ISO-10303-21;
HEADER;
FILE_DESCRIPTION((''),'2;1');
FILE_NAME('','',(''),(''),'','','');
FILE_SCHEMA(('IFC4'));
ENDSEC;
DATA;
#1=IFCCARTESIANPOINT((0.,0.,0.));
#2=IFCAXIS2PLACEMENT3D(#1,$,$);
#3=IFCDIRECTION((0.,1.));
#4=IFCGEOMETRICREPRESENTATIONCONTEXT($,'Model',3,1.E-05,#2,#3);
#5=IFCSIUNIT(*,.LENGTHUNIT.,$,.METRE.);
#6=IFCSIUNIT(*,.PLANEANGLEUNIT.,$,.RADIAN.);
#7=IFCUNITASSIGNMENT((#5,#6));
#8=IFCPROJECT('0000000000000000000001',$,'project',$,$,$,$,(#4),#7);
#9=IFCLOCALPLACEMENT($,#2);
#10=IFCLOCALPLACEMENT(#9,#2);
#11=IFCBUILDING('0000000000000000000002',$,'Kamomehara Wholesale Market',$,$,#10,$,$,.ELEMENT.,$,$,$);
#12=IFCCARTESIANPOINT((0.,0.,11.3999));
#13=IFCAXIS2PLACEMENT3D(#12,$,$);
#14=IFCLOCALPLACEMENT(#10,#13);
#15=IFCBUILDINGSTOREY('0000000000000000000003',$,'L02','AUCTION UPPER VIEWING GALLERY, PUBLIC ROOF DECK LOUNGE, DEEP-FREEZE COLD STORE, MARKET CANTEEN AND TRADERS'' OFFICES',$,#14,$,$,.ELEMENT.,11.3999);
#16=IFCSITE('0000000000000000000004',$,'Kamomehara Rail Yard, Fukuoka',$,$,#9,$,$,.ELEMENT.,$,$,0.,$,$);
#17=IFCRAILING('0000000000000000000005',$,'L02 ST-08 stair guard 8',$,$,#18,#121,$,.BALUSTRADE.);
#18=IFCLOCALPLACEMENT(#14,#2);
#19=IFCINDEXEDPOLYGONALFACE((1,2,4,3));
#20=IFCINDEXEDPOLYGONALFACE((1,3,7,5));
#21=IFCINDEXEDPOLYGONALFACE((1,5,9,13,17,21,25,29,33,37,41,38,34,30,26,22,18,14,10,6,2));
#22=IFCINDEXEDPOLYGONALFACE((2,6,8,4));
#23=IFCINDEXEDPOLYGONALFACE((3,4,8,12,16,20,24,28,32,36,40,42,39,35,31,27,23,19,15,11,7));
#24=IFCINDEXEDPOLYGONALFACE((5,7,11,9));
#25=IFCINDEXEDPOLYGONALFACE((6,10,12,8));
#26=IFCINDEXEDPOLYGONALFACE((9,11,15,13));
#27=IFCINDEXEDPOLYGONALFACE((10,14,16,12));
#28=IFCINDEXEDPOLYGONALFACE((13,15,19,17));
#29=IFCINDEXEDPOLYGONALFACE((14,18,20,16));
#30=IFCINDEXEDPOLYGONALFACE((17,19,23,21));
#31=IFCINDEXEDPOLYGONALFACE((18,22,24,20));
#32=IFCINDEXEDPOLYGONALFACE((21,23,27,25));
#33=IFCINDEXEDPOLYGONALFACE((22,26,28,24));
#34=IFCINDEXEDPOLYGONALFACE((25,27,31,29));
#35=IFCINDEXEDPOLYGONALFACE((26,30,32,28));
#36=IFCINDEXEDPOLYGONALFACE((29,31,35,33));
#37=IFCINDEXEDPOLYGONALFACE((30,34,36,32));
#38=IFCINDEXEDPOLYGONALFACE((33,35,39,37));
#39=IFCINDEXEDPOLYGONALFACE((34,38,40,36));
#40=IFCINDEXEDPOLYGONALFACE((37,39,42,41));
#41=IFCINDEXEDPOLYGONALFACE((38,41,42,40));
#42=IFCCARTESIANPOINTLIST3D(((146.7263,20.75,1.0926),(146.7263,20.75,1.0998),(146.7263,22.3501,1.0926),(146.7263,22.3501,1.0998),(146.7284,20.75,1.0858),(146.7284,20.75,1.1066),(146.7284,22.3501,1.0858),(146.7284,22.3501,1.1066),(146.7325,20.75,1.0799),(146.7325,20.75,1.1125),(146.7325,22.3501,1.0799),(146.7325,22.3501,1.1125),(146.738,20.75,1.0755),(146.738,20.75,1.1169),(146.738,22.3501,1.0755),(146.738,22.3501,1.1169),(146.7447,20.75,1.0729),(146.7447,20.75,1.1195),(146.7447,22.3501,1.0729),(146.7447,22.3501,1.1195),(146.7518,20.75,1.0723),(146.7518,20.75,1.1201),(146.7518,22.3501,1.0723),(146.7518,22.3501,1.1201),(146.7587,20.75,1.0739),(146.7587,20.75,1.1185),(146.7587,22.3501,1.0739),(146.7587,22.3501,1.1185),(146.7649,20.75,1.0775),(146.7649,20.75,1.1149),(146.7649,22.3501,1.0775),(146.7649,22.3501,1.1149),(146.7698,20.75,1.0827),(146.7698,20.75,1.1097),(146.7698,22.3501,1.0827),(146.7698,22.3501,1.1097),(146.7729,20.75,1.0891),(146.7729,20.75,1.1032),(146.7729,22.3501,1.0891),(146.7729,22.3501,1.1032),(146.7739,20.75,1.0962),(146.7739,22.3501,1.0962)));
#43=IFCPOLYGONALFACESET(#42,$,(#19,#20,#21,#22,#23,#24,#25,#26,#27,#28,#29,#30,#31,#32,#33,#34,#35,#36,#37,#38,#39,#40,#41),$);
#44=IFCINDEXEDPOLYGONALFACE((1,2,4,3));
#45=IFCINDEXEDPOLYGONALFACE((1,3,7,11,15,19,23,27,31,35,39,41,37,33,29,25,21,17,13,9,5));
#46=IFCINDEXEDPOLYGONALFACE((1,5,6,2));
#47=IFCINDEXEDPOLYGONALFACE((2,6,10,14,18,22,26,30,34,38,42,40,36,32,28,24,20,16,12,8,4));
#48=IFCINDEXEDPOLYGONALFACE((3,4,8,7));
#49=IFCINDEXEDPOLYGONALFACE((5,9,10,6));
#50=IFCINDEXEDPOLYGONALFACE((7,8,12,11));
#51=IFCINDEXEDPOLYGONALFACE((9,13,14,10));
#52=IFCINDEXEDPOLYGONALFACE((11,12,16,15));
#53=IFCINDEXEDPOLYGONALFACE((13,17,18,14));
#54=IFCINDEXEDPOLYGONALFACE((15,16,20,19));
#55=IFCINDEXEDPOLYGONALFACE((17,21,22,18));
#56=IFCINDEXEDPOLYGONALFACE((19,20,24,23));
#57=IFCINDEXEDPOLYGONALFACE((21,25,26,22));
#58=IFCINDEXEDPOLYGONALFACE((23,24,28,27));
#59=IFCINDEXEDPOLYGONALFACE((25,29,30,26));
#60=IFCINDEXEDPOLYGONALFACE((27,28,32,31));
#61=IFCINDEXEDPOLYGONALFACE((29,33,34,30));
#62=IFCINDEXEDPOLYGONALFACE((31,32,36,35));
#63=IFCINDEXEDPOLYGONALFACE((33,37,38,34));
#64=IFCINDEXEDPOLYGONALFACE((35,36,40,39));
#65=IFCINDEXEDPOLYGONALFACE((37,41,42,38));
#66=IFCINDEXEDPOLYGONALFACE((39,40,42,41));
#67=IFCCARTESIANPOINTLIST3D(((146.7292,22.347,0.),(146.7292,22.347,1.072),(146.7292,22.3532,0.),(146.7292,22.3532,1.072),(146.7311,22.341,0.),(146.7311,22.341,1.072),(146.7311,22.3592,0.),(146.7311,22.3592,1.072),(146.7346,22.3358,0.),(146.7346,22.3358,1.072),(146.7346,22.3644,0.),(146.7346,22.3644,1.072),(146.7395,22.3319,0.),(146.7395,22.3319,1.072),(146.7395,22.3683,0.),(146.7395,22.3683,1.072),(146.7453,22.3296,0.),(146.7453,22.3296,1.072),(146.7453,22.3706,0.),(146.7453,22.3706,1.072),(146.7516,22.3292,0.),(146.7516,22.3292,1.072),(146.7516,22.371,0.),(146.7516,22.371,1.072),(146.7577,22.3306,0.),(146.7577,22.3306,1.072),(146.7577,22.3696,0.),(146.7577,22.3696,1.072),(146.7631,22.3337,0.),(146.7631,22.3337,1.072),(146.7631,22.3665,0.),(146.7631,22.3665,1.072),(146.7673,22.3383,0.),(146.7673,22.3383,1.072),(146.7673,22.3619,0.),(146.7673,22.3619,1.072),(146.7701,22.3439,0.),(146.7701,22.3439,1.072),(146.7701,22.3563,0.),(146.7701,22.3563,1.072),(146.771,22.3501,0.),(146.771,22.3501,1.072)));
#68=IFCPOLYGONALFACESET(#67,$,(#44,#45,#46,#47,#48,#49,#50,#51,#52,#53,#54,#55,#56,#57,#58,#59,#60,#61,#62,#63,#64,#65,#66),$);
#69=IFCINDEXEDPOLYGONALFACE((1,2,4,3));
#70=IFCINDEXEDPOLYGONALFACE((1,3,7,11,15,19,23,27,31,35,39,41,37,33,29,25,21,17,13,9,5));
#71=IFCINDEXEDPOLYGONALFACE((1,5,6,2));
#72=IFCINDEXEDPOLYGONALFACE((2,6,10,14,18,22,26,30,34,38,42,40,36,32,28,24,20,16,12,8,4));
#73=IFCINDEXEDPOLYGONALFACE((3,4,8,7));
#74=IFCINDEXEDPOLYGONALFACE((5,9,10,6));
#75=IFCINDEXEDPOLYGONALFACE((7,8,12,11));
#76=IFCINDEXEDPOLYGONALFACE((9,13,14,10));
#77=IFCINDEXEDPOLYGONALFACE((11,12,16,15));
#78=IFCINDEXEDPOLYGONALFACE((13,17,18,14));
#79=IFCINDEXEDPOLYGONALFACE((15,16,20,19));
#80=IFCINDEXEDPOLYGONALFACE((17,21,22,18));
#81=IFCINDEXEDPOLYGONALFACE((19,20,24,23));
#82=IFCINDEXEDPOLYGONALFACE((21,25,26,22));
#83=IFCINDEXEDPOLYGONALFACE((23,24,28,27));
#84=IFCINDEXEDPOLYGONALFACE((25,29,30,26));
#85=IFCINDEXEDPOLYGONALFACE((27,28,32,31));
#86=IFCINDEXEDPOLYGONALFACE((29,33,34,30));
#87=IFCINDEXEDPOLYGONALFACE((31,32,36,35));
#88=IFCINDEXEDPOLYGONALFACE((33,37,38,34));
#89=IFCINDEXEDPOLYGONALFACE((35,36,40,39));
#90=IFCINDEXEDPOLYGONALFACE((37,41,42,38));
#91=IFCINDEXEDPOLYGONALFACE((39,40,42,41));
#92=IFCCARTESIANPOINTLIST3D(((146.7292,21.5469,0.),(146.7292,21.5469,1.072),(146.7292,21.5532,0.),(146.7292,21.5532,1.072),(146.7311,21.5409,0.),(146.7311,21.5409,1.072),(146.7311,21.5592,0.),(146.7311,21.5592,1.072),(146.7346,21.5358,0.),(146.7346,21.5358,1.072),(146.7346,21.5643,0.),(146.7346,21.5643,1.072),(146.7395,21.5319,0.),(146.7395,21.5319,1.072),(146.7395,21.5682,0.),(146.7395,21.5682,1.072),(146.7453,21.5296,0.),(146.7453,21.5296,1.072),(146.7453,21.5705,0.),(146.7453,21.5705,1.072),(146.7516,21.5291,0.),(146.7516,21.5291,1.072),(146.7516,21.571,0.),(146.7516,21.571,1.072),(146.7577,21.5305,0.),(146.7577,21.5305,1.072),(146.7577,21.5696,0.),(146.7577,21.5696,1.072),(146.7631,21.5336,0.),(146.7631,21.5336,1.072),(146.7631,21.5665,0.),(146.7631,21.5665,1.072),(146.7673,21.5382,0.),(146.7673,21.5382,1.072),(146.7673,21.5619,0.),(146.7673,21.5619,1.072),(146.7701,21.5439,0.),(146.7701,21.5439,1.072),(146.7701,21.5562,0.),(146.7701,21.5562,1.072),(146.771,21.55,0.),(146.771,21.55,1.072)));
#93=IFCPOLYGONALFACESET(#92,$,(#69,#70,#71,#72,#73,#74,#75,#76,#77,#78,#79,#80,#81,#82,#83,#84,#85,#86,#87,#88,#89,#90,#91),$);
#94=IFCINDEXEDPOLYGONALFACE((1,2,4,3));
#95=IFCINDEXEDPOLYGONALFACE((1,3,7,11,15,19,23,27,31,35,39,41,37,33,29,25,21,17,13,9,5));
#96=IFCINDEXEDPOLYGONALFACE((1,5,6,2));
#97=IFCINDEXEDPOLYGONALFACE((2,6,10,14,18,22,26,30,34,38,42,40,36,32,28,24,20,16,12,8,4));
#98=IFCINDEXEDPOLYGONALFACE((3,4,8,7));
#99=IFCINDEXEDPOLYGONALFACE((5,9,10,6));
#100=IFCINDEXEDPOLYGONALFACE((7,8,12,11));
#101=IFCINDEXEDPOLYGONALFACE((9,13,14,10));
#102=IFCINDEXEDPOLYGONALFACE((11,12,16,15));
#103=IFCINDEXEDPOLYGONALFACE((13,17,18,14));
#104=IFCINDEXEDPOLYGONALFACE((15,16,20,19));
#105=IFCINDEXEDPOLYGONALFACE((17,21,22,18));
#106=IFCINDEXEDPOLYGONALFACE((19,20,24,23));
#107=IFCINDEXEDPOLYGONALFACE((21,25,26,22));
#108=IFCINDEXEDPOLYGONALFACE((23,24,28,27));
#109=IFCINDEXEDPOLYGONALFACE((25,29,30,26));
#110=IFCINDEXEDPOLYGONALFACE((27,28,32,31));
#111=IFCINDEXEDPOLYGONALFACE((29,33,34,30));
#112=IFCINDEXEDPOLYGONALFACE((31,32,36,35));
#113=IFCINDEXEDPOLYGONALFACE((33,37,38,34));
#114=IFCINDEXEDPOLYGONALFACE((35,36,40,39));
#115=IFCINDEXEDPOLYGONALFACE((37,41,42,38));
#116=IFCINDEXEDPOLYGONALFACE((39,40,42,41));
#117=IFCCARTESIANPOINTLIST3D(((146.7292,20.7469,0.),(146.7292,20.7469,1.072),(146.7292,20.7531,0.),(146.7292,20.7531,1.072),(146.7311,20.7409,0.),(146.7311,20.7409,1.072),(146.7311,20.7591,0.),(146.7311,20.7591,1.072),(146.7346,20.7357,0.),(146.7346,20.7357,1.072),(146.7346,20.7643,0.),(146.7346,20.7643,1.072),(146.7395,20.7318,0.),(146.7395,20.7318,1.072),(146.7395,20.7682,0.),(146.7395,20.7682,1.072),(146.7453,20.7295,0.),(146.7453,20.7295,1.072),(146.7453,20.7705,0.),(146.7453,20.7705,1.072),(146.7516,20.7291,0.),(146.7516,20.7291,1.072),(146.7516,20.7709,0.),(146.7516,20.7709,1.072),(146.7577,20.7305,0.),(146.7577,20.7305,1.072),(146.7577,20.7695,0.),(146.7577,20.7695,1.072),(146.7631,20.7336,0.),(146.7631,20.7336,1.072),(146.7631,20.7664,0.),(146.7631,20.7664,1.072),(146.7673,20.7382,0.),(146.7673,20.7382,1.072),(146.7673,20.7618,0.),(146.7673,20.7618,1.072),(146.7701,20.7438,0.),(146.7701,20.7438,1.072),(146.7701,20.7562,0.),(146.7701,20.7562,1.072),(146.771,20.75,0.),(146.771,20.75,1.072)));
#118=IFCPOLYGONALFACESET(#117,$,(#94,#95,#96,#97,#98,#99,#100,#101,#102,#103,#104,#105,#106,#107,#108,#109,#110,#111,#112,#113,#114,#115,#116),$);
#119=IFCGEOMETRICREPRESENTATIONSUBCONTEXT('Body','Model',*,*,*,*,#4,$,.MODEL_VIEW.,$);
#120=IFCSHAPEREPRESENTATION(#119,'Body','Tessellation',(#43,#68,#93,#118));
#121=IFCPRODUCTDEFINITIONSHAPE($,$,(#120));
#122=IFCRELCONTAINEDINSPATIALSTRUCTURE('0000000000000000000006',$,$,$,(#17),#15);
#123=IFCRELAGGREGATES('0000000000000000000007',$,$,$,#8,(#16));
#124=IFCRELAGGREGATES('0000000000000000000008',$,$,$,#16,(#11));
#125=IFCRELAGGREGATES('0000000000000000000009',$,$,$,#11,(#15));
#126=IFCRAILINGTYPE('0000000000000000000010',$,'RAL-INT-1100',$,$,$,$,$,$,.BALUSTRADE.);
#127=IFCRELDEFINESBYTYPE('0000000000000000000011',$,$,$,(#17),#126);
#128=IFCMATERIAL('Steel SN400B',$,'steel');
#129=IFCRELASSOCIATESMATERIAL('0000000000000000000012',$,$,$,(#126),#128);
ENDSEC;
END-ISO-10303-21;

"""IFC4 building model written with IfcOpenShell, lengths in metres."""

from ifc_helpers import new_model, si_unit, direction, frame, origin, origin_2d, place, context, subcontext, project, spatial, circle, extrude, material, type_object, element, save


model = new_model("IFC4")

# Units and contexts
model_context = context("Model", 3, precision=1e-05, world=origin(), true_north=direction((0.0, 1.0)))
body_context = subcontext(model_context, "Body", "Model", "MODEL_VIEW")
ifc_project = project(units=[si_unit("LENGTHUNIT", "METRE"), si_unit("PLANEANGLEUNIT", "RADIAN")], contexts=[model_context])

# Site, building, storey
site_placement = place(None, origin())
site = spatial("IfcSite", under=ifc_project, at=site_placement, Name="Kamomehara Rail Yard, Fukuoka", CompositionType="ELEMENT", RefElevation=0.0)
building_placement = place(site_placement, origin())
building = spatial("IfcBuilding", under=site, at=building_placement, Name="Kamomehara Wholesale Market", CompositionType="ELEMENT")
storey_placement = place(building_placement, frame((0.0, 0.0, 11.3999)))
storey = spatial("IfcBuildingStorey", under=building, at=storey_placement, Name="L02", Description="AUCTION UPPER VIEWING GALLERY, PUBLIC ROOF DECK LOUNGE, DEEP-FREEZE COLD STORE, MARKET CANTEEN AND TRADERS' OFFICES", CompositionType="ELEMENT", Elevation=11.3999)

# Railing
ifc_material_1 = material(Name="Steel SN400B", Category="steel")
railing_type_1 = type_object("IfcRailingType", Name="RAL-INT-1100", PredefinedType="BALUSTRADE", material=ifc_material_1)
railing_1_placement = place(storey_placement, frame((146.75, 22.3501, 0.0)))
element("IfcRailing", 1, at=railing_1_placement, inside=storey, type_object=railing_type_1, Name="L02 ST-08 stair guard 8", PredefinedType="BALUSTRADE", context=body_context, shape_type="SweptSolid", body=[
    extrude(circle(Radius=0.0239, at=origin_2d()), frame((0.0, 0.0, 1.0962), z_axis=(0.0, -1.0, 0.0), x_axis=(1.0, 0.0, 0.0)), (0.0, 0.0, 1.0), 1.6001),
    extrude(circle(Radius=0.021, at=origin_2d()), origin(), (0.0, 0.0, 1.0), 1.072),
    extrude(circle(Radius=0.021, at=origin_2d()), frame((0.0, -0.8, 0.0)), (0.0, 0.0, 1.0), 1.072),
    extrude(circle(Radius=0.021, at=origin_2d()), frame((0.0, -1.6001, 0.0)), (0.0, 0.0, 1.0), 1.072),
])

save(model, "model.ifc")
